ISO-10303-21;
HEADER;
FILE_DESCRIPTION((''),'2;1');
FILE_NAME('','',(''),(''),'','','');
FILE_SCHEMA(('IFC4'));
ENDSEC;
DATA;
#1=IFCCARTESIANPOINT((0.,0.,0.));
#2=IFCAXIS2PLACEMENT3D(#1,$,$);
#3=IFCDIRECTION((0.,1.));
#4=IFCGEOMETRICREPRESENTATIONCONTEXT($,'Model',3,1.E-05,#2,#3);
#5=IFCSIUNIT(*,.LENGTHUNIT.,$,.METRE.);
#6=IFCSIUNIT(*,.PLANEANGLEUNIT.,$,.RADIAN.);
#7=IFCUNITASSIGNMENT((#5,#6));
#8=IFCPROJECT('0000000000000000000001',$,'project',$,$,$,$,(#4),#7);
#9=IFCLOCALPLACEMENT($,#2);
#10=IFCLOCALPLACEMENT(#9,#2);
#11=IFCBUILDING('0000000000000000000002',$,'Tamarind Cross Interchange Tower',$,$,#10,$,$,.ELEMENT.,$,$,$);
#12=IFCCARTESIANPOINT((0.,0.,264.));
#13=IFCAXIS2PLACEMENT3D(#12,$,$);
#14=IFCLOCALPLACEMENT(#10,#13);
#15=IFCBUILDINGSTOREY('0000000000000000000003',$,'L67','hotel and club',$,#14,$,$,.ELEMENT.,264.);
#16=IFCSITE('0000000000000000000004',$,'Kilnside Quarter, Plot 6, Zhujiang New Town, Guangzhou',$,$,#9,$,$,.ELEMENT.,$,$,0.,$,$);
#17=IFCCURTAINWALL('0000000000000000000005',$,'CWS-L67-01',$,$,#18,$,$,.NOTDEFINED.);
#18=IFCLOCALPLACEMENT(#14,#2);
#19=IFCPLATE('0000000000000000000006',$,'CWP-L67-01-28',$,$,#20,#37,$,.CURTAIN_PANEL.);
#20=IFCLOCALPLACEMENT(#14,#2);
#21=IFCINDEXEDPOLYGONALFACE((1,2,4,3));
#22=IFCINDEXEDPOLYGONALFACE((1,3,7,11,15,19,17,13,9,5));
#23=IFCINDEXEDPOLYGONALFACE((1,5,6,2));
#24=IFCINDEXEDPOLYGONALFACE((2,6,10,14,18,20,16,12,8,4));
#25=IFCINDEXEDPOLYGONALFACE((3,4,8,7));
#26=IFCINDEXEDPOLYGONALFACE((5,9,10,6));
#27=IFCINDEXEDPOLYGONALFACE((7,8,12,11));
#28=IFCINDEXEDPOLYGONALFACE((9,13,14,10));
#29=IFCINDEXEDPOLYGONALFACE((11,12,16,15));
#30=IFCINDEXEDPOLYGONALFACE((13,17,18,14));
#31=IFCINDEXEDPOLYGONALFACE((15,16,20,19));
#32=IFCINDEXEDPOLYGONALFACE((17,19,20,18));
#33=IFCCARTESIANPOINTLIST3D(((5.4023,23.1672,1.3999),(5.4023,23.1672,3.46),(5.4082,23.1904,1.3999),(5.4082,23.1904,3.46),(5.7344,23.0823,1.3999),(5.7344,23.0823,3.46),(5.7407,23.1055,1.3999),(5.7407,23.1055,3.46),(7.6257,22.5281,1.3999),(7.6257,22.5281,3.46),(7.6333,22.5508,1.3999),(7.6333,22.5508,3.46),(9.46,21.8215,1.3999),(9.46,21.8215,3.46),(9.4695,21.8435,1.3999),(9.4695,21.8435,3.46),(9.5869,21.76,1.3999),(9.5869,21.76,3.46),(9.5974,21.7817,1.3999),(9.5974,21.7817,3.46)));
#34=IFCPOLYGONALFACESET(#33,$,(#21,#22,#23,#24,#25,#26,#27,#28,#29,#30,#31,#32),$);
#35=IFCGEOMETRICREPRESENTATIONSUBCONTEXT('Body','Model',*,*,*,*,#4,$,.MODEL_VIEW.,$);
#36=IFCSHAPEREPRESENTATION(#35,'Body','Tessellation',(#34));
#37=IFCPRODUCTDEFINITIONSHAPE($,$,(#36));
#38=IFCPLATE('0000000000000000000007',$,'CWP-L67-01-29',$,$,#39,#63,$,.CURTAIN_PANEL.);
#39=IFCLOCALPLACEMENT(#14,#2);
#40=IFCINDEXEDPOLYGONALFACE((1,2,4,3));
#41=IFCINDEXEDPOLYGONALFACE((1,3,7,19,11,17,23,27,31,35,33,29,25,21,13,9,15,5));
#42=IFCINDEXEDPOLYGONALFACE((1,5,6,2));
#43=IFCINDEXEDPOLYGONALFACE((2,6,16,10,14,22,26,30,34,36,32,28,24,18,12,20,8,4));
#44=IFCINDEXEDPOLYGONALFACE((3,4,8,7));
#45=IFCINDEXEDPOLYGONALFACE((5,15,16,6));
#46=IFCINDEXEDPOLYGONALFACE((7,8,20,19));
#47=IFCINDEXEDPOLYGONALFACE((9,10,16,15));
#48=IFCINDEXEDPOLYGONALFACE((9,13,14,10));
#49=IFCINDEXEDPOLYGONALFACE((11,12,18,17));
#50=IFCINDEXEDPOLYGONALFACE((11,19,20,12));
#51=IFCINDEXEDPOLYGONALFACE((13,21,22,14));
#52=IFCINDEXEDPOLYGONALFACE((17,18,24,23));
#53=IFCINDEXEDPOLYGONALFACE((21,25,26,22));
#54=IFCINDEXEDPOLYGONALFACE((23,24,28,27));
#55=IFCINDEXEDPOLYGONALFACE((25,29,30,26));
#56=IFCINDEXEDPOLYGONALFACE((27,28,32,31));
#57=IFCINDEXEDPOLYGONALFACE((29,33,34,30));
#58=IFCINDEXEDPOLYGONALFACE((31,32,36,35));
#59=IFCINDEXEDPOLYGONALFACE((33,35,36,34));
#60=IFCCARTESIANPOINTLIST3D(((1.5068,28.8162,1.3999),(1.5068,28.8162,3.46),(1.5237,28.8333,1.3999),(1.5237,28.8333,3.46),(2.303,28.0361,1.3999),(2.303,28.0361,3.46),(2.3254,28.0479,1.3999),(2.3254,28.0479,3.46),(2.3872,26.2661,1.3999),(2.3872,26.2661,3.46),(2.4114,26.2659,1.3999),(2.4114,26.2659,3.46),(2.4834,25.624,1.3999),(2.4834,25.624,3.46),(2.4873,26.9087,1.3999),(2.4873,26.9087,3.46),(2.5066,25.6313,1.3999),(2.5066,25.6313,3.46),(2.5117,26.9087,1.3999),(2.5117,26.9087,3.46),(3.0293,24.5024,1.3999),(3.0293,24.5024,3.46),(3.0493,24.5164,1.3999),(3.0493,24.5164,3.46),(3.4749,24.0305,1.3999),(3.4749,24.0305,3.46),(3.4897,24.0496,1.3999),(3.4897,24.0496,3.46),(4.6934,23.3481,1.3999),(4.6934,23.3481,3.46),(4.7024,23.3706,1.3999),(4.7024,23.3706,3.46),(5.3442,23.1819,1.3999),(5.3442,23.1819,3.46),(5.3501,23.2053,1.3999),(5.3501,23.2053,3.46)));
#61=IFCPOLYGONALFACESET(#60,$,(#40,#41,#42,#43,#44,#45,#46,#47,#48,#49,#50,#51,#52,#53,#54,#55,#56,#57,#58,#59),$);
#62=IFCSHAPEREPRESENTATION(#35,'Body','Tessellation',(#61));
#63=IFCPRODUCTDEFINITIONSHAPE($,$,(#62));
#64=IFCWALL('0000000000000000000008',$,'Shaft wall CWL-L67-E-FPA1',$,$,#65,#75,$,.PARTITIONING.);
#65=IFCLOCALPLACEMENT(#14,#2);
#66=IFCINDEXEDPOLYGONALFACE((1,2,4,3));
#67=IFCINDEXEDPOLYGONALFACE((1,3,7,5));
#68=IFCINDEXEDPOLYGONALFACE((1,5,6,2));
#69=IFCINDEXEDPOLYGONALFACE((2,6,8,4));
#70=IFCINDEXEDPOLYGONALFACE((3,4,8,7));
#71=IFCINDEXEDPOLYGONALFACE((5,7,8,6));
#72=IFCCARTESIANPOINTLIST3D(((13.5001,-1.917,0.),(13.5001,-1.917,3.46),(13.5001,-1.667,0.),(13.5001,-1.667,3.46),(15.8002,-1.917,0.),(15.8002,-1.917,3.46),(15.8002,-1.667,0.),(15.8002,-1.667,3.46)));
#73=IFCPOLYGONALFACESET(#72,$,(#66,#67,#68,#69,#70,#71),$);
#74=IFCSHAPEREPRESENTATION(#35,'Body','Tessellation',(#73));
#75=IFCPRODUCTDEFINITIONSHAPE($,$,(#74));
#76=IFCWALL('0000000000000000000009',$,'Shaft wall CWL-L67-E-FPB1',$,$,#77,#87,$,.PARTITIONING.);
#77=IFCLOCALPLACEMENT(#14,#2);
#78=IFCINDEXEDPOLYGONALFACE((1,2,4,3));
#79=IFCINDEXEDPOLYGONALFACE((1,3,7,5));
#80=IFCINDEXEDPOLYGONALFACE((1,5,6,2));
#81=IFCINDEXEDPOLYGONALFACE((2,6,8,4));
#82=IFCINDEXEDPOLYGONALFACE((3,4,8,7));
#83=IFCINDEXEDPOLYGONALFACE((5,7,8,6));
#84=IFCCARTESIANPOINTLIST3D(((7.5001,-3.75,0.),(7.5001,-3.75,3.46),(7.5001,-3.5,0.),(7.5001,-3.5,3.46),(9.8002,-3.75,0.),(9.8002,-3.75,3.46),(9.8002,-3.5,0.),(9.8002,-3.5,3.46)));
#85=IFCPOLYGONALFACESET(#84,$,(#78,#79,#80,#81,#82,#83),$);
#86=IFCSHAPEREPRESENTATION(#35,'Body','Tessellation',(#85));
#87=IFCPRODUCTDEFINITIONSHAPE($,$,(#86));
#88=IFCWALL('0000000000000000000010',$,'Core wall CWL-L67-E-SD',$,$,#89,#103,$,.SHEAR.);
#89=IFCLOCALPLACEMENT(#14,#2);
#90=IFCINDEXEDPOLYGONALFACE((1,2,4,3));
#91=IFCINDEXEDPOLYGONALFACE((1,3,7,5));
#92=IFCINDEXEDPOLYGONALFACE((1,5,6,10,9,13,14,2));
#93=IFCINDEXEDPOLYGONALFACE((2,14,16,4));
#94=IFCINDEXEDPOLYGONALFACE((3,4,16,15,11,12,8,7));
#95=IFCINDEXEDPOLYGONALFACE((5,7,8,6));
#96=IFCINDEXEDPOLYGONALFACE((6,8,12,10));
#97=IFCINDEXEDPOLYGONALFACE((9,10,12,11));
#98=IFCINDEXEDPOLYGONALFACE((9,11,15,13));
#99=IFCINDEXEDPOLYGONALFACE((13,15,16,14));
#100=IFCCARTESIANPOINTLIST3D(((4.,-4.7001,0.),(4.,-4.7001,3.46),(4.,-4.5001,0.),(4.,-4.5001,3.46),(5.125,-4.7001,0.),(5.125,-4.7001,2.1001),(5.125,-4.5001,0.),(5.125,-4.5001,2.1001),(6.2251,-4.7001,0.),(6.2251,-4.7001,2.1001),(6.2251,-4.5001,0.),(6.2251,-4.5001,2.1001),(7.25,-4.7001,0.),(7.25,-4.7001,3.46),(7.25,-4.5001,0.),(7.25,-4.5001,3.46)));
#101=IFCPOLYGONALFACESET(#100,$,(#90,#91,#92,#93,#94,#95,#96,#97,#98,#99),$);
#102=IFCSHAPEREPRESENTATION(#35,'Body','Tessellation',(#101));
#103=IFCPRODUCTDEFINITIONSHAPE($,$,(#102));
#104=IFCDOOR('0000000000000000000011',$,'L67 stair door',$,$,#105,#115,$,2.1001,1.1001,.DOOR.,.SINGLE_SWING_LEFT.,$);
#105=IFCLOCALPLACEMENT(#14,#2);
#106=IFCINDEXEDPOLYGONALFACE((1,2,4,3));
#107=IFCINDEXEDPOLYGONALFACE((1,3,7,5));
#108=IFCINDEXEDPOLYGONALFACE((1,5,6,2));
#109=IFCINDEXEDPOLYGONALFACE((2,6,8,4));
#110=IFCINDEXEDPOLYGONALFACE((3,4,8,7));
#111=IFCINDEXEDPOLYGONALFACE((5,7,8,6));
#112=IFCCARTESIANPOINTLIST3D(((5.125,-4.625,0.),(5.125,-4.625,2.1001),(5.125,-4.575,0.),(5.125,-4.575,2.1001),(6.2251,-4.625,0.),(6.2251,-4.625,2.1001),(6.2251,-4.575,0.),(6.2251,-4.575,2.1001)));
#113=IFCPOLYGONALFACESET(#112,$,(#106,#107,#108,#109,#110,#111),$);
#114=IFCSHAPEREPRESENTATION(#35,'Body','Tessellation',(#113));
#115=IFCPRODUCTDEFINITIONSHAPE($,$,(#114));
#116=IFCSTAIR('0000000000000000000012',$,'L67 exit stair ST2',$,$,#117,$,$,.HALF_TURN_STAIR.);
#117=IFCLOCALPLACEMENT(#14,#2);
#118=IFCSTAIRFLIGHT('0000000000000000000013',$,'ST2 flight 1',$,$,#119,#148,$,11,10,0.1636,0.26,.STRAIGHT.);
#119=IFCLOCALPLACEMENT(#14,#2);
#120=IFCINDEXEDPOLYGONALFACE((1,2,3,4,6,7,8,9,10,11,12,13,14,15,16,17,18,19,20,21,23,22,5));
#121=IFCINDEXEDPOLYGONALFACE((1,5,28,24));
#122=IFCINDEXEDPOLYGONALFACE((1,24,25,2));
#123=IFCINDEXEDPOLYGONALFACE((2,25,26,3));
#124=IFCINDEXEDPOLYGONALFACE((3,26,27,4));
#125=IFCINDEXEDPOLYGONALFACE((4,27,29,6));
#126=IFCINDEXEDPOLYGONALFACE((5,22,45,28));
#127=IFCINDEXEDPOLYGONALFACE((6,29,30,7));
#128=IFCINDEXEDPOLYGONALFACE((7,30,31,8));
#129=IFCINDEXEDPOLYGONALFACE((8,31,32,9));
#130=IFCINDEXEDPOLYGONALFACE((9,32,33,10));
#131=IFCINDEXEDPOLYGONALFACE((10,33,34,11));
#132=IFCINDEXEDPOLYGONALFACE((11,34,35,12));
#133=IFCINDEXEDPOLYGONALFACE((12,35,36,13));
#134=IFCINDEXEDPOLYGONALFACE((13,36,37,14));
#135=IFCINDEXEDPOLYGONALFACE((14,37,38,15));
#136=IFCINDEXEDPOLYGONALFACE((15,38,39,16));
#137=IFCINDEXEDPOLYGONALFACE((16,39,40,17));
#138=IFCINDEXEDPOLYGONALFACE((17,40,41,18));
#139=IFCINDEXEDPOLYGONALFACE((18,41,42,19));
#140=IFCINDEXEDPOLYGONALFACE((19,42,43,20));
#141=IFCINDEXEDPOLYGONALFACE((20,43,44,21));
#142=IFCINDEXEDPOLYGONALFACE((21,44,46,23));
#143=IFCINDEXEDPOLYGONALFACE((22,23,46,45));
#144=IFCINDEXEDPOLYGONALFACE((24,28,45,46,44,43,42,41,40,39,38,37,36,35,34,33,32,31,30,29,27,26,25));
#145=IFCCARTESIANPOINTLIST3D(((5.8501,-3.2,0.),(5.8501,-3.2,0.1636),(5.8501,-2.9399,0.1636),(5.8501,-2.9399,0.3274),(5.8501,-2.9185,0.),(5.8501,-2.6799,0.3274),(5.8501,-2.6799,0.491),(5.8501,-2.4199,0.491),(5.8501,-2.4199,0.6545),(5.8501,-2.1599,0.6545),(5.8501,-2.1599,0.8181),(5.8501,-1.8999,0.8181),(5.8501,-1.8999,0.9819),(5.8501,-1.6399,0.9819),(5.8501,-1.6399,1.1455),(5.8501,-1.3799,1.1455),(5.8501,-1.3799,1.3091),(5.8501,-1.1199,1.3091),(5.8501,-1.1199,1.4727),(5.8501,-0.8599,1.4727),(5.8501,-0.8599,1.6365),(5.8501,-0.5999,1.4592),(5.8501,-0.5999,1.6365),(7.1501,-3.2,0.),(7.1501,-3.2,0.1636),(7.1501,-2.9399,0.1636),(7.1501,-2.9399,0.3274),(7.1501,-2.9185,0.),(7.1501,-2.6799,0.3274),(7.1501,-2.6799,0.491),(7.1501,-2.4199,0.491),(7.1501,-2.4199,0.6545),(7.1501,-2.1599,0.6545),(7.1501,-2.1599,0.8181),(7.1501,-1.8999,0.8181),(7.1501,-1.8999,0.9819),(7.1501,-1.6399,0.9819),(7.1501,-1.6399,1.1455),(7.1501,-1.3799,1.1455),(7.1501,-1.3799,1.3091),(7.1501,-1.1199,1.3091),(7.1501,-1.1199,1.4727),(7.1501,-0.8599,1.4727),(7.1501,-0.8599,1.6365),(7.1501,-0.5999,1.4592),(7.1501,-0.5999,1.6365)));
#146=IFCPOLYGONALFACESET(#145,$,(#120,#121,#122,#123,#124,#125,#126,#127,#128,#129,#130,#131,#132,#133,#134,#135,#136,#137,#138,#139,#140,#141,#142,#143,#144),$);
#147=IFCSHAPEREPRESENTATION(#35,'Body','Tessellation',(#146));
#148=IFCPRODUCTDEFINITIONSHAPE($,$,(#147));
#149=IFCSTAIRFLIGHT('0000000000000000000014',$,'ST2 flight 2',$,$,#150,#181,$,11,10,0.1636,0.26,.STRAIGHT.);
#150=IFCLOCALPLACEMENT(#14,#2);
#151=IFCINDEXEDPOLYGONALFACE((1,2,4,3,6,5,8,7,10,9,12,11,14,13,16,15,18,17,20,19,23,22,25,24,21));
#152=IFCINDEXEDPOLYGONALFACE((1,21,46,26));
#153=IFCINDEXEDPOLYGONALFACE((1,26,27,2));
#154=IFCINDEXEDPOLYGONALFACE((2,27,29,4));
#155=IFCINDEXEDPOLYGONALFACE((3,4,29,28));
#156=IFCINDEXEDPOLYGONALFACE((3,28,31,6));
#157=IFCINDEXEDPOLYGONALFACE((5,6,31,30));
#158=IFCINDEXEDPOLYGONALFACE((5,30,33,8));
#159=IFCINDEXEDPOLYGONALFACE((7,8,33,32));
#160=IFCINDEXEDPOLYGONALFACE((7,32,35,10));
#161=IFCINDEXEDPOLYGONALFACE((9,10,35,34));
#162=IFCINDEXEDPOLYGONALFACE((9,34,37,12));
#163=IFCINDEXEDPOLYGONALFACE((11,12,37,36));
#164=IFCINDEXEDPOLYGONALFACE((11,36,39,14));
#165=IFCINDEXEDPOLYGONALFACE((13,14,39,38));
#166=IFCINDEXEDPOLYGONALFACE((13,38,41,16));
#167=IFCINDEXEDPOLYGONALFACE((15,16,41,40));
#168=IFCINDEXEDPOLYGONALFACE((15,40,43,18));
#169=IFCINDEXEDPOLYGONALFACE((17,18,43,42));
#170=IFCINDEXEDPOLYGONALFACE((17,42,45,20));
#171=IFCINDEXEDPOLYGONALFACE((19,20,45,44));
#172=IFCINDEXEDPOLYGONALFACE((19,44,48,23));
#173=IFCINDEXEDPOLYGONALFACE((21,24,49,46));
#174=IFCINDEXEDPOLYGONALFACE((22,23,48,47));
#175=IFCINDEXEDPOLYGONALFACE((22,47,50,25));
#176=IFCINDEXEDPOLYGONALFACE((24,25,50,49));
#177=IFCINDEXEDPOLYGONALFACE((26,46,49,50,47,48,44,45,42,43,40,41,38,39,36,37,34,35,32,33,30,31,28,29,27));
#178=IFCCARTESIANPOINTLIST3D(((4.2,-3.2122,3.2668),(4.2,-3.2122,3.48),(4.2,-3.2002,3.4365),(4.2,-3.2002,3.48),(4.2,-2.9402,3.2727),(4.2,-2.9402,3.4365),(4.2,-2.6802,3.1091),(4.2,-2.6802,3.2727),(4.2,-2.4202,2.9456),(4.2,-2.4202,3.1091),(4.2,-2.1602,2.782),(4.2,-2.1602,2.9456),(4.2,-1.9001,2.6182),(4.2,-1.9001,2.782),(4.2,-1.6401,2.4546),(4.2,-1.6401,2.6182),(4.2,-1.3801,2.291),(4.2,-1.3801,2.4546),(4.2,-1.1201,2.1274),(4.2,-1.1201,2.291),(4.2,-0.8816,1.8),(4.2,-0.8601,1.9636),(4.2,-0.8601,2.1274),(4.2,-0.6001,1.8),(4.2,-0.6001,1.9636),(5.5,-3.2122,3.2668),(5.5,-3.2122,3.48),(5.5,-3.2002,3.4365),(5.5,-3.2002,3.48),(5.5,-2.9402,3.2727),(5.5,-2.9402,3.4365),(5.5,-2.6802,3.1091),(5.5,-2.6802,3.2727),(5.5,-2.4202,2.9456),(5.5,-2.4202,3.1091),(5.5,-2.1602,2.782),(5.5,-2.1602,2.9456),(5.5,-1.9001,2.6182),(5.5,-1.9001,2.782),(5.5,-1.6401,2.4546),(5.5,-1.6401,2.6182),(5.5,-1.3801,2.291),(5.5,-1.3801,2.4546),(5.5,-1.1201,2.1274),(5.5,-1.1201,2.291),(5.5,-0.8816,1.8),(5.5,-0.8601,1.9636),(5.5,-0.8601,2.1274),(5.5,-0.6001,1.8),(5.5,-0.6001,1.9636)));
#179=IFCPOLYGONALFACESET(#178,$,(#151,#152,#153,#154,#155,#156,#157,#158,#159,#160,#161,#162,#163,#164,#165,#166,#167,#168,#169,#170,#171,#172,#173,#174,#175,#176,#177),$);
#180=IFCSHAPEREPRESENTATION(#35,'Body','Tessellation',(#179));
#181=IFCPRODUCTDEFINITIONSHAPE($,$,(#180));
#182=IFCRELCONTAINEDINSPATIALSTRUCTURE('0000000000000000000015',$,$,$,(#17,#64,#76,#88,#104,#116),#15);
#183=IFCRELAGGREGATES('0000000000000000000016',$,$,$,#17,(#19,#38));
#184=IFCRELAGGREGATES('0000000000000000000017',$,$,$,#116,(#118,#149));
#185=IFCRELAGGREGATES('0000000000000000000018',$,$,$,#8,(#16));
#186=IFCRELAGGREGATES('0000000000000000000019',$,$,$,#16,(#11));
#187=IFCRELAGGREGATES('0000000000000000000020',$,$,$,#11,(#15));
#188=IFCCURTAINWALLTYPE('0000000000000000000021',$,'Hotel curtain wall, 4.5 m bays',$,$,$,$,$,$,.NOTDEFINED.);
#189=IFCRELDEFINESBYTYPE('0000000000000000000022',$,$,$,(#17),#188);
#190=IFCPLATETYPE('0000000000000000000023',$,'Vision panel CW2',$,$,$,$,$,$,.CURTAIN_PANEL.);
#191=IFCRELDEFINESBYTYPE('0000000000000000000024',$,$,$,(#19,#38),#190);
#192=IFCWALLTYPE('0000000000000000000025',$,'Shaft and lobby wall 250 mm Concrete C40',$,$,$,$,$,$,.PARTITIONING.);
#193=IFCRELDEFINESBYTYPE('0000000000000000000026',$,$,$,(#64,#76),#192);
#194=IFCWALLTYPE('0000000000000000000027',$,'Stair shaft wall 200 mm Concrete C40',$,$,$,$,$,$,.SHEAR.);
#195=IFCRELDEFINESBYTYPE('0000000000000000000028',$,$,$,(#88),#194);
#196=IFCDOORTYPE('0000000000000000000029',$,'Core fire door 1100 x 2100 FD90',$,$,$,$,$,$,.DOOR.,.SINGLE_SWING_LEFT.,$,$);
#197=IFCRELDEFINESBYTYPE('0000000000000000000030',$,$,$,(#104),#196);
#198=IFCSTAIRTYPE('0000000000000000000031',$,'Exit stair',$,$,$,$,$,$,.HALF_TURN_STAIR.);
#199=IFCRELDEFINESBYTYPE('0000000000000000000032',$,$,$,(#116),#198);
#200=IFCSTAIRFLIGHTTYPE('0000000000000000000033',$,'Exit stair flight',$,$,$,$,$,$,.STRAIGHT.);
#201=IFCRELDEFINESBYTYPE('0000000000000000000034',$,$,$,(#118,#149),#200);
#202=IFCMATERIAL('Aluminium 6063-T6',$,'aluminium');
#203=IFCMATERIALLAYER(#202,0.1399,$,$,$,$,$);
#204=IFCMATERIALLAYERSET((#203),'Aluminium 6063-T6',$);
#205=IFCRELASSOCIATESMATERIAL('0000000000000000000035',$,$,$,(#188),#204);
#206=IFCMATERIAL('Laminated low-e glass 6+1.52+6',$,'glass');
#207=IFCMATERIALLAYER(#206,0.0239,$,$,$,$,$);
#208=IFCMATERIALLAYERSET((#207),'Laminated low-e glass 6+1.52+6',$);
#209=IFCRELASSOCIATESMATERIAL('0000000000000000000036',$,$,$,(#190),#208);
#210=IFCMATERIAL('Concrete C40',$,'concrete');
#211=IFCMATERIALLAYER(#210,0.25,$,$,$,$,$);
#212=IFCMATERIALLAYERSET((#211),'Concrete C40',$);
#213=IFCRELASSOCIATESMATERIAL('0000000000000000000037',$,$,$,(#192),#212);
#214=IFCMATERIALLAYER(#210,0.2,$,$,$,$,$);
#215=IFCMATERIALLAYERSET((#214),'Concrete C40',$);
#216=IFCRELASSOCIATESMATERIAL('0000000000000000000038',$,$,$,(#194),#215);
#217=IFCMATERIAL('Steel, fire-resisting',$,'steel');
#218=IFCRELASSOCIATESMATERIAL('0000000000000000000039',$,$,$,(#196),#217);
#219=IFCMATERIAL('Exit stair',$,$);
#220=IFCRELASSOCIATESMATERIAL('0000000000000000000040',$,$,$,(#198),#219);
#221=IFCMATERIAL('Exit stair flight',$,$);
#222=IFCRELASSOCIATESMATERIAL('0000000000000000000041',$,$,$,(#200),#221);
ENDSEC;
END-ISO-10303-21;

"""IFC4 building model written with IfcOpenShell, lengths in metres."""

from ifc_helpers import new_model, si_unit, direction, frame, frame_2d, origin, place, context, subcontext, project, spatial, polyline, rectangle, outline, extrude, material, layer, layer_set, type_object, element, fill, aggregate, save


model = new_model("IFC4")

# Units and contexts
model_context = context("Model", 3, precision=1e-05, world=origin(), true_north=direction((0.0, 1.0)))
body_context = subcontext(model_context, "Body", "Model", "MODEL_VIEW")
ifc_project = project(units=[si_unit("LENGTHUNIT", "METRE"), si_unit("PLANEANGLEUNIT", "RADIAN")], contexts=[model_context])

# Site, building, storey
site_placement = place(None, origin())
site = spatial("IfcSite", under=ifc_project, at=site_placement, Name="Kilnside Quarter, Plot 6, Zhujiang New Town, Guangzhou", CompositionType="ELEMENT", RefElevation=0.0)
building_placement = place(site_placement, origin())
building = spatial("IfcBuilding", under=site, at=building_placement, Name="Tamarind Cross Interchange Tower", CompositionType="ELEMENT")
storey_placement = place(building_placement, frame((0.0, 0.0, 264.0)))
storey = spatial("IfcBuildingStorey", under=building, at=storey_placement, Name="L67", Description="hotel and club", CompositionType="ELEMENT", Elevation=264.0)

# Curtain wall, plates
ifc_material_1 = material(Name="Aluminium 6063-T6", Category="aluminium")
ifc_layer_1 = layer(ifc_material_1, 0.1399)
ifc_layer_set_1 = layer_set([ifc_layer_1], Name="Aluminium 6063-T6")
curtain_wall_type = type_object("IfcCurtainWallType", Name="Hotel curtain wall, 4.5 m bays", PredefinedType="NOTDEFINED", material=ifc_layer_set_1)
curtain_wall_placement = place(storey_placement, origin())
curtain_wall = element("IfcCurtainWall", 1, at=curtain_wall_placement, inside=storey, type_object=curtain_wall_type, Name="CWS-L67-01", PredefinedType="NOTDEFINED")
ifc_material_2 = material(Name="Laminated low-e glass 6+1.52+6", Category="glass")
ifc_layer_2 = layer(ifc_material_2, 0.0239)
ifc_layer_set_2 = layer_set([ifc_layer_2], Name="Laminated low-e glass 6+1.52+6")
plate_type = type_object("IfcPlateType", Name="Vision panel CW2", PredefinedType="CURTAIN_PANEL", material=ifc_layer_set_2)
plate_1_placement = place(storey_placement, frame((0.0, 0.0, 1.3999)))
plate_1 = element("IfcPlate", 2, at=plate_1_placement, type_object=plate_type, Name="CWP-L67-01-28", PredefinedType="CURTAIN_PANEL", context=body_context, shape_type="SweptSolid", body=[
    extrude(outline(polyline([(9.5869, 21.76), (9.46, 21.8215), (7.6257, 22.5281), (5.7344, 23.0823), (5.4023, 23.1672), (5.4082, 23.1904), (5.7407, 23.1055), (7.6333, 22.5508), (9.4695, 21.8435), (9.5974, 21.7817), (9.5869, 21.76)])), origin(), (0.0, 0.0, 1.0), 2.0601),
])
plate_2_placement = place(storey_placement, frame((0.0, 0.0, 1.3999)))
plate_2 = element("IfcPlate", 3, at=plate_2_placement, type_object=plate_type, Name="CWP-L67-01-29", PredefinedType="CURTAIN_PANEL", context=body_context, shape_type="SweptSolid", body=[
    extrude(outline(polyline([(5.3442, 23.1819), (4.6934, 23.3481), (3.4749, 24.0305), (3.0293, 24.5024), (2.4834, 25.624), (2.3872, 26.2661), (2.4873, 26.9087), (2.303, 28.0361), (1.5068, 28.8162), (1.5237, 28.8333), (2.3254, 28.0479), (2.5117, 26.9087), (2.4114, 26.2659), (2.5066, 25.6313), (3.0493, 24.5164), (3.4897, 24.0496), (4.7024, 23.3706), (5.3501, 23.2053), (5.3442, 23.1819)])), origin(), (0.0, 0.0, 1.0), 2.0601),
])
aggregate(curtain_wall, [plate_1, plate_2])

# Walls
ifc_material_3 = material(Name="Concrete C40", Category="concrete")
ifc_layer_3 = layer(ifc_material_3, 0.25)
ifc_layer_set_3 = layer_set([ifc_layer_3], Name="Concrete C40")
wall_type_1 = type_object("IfcWallType", Name="Shaft and lobby wall 250 mm Concrete C40", PredefinedType="PARTITIONING", material=ifc_layer_set_3)
for number, where, z_axis, x_axis, name in (
    (4, (15.8, -1.792, 0.0), (0.0, 0.0, 1.0), (-1.0, 0.0, 0.0), "Shaft wall CWL-L67-E-FPA1"),
    (5, (9.8, -3.625, 0.0), (0.0, 0.0, 1.0), (-1.0, 0.0, 0.0), "Shaft wall CWL-L67-E-FPB1"),
):
    element("IfcWall", number, at=place(storey_placement, frame(where, z_axis=z_axis, x_axis=x_axis)), inside=storey, type_object=wall_type_1, Name=name, PredefinedType="PARTITIONING", context=body_context, shape_type="SweptSolid", body=[
        extrude(rectangle(XDim=2.3, YDim=0.25, at=frame_2d((1.1499, 0.0))), origin(), (0.0, 0.0, 1.0), 3.46),
    ])

# Wall, opening, door
ifc_layer_4 = layer(ifc_material_3, 0.2)
ifc_layer_set_4 = layer_set([ifc_layer_4], Name="Concrete C40")
wall_type_2 = type_object("IfcWallType", Name="Stair shaft wall 200 mm Concrete C40", PredefinedType="SHEAR", material=ifc_layer_set_4)
wall_placement = place(storey_placement, frame((7.25, -4.6001, 0.0), z_axis=(0.0, 0.0, 1.0), x_axis=(-1.0, 0.0, 0.0)))
wall = element("IfcWall", 6, at=wall_placement, inside=storey, type_object=wall_type_2, Name="Core wall CWL-L67-E-SD", PredefinedType="SHEAR", context=body_context, shape_type="SweptSolid", body=[
    extrude(rectangle(XDim=3.25, YDim=0.2, at=frame_2d((1.625, 0.0))), origin(), (0.0, 0.0, 1.0), 3.46),
])
opening_placement = place(wall_placement, frame((1.0249, 0.0, 0.0)))
opening = element("IfcOpeningElement", 7, at=opening_placement, cuts=wall, PredefinedType="OPENING", context=body_context, shape_type="SweptSolid", body=[
    extrude(rectangle(XDim=1.1001, YDim=2.1001, at=frame_2d((0.55, 1.05))), frame((0.0, 0.1099, 0.0), z_axis=(0.0, -1.0, 0.0), x_axis=(1.0, 0.0, 0.0)), (0.0, 0.0, 1.0), 0.22),
])
ifc_material_4 = material(Name="Steel, fire-resisting", Category="steel")
door_type = type_object("IfcDoorType", Name="Core fire door 1100 x 2100 FD90", OperationType="SINGLE_SWING_LEFT", PredefinedType="DOOR", material=ifc_material_4)
door_placement = place(opening_placement, origin())
door = element("IfcDoor", 8, at=door_placement, inside=storey, type_object=door_type, Name="L67 stair door", OperationType="SINGLE_SWING_LEFT", OverallHeight=2.1001, OverallWidth=1.1001, PredefinedType="DOOR", context=body_context, shape_type="SweptSolid", body=[
    extrude(rectangle(XDim=1.1001, YDim=2.1001, at=frame_2d((0.55, 1.05))), frame((0.0, 0.0249, 0.0), z_axis=(0.0, -1.0, 0.0), x_axis=(1.0, 0.0, 0.0)), (0.0, 0.0, 1.0), 0.05),
])
fill(opening, door)

# Stair, stair flights
ifc_material_5 = material(Name="Exit stair")
stair_type = type_object("IfcStairType", Name="Exit stair", PredefinedType="HALF_TURN_STAIR", material=ifc_material_5)
stair_placement = place(storey_placement, origin())
stair = element("IfcStair", 9, at=stair_placement, inside=storey, type_object=stair_type, Name="L67 exit stair ST2", PredefinedType="HALF_TURN_STAIR")
ifc_material_6 = material(Name="Exit stair flight")
stair_flight_type = type_object("IfcStairFlightType", Name="Exit stair flight", PredefinedType="STRAIGHT", material=ifc_material_6)
stair_flight_1_placement = place(storey_placement, frame((6.5, -3.2, 0.0), z_axis=(0.0, 0.0, 1.0), x_axis=(0.0, 1.0, 0.0)))
stair_flight_1 = element("IfcStairFlight", 10, at=stair_flight_1_placement, type_object=stair_flight_type, Name="ST2 flight 1", NumberOfRisers=11, NumberOfTreads=10, PredefinedType="STRAIGHT", RiserHeight=0.1636, TreadLength=0.26, context=body_context, shape_type="SweptSolid", body=[
    extrude(outline(polyline([(0.0, 0.0), (0.0, 0.1636), (0.26, 0.1636), (0.26, 0.3274), (0.52, 0.3274), (0.52, 0.491), (0.78, 0.491), (0.78, 0.6545), (1.04, 0.6545), (1.04, 0.8181), (1.3, 0.8181), (1.3, 0.9819), (1.5601, 0.9819), (1.5601, 1.1455), (1.8201, 1.1455), (1.8201, 1.3091), (2.0801, 1.3091), (2.0801, 1.4727), (2.3401, 1.4727), (2.3401, 1.6365), (2.6001, 1.6365), (2.6001, 1.8), (2.6001, 1.4592), (0.2815, 0.0), (0.0, 0.0)])), frame((0.0, 0.6499, 0.0), z_axis=(0.0, -1.0, 0.0), x_axis=(1.0, 0.0, 0.0)), (0.0, 0.0, 1.0), 1.3),
])
stair_flight_2_placement = place(storey_placement, frame((4.8501, -0.6001, 1.8), z_axis=(0.0, 0.0, 1.0), x_axis=(0.0, -1.0, 0.0)))
stair_flight_2 = element("IfcStairFlight", 11, at=stair_flight_2_placement, type_object=stair_flight_type, Name="ST2 flight 2", NumberOfRisers=11, NumberOfTreads=10, PredefinedType="STRAIGHT", RiserHeight=0.1636, TreadLength=0.26, context=body_context, shape_type="SweptSolid", body=[
    extrude(outline(polyline([(0.0, 0.0), (0.0, 0.1636), (0.26, 0.1636), (0.26, 0.3274), (0.52, 0.3274), (0.52, 0.491), (0.78, 0.491), (0.78, 0.6545), (1.04, 0.6545), (1.04, 0.8181), (1.3, 0.8181), (1.3, 0.9819), (1.5601, 0.9819), (1.5601, 1.1455), (1.8201, 1.1455), (1.8201, 1.3091), (2.0801, 1.3091), (2.0801, 1.4727), (2.3401, 1.4727), (2.3401, 1.6365), (2.6001, 1.6365), (2.6001, 1.6799), (2.6121, 1.6799), (2.6121, 1.4668), (0.2815, 0.0), (0.0, 0.0)])), frame((0.0, 0.6499, 0.0), z_axis=(0.0, -1.0, 0.0), x_axis=(1.0, 0.0, 0.0)), (0.0, 0.0, 1.0), 1.3),
])
aggregate(stair, [stair_flight_1, stair_flight_2])

save(model, "model.ifc")
